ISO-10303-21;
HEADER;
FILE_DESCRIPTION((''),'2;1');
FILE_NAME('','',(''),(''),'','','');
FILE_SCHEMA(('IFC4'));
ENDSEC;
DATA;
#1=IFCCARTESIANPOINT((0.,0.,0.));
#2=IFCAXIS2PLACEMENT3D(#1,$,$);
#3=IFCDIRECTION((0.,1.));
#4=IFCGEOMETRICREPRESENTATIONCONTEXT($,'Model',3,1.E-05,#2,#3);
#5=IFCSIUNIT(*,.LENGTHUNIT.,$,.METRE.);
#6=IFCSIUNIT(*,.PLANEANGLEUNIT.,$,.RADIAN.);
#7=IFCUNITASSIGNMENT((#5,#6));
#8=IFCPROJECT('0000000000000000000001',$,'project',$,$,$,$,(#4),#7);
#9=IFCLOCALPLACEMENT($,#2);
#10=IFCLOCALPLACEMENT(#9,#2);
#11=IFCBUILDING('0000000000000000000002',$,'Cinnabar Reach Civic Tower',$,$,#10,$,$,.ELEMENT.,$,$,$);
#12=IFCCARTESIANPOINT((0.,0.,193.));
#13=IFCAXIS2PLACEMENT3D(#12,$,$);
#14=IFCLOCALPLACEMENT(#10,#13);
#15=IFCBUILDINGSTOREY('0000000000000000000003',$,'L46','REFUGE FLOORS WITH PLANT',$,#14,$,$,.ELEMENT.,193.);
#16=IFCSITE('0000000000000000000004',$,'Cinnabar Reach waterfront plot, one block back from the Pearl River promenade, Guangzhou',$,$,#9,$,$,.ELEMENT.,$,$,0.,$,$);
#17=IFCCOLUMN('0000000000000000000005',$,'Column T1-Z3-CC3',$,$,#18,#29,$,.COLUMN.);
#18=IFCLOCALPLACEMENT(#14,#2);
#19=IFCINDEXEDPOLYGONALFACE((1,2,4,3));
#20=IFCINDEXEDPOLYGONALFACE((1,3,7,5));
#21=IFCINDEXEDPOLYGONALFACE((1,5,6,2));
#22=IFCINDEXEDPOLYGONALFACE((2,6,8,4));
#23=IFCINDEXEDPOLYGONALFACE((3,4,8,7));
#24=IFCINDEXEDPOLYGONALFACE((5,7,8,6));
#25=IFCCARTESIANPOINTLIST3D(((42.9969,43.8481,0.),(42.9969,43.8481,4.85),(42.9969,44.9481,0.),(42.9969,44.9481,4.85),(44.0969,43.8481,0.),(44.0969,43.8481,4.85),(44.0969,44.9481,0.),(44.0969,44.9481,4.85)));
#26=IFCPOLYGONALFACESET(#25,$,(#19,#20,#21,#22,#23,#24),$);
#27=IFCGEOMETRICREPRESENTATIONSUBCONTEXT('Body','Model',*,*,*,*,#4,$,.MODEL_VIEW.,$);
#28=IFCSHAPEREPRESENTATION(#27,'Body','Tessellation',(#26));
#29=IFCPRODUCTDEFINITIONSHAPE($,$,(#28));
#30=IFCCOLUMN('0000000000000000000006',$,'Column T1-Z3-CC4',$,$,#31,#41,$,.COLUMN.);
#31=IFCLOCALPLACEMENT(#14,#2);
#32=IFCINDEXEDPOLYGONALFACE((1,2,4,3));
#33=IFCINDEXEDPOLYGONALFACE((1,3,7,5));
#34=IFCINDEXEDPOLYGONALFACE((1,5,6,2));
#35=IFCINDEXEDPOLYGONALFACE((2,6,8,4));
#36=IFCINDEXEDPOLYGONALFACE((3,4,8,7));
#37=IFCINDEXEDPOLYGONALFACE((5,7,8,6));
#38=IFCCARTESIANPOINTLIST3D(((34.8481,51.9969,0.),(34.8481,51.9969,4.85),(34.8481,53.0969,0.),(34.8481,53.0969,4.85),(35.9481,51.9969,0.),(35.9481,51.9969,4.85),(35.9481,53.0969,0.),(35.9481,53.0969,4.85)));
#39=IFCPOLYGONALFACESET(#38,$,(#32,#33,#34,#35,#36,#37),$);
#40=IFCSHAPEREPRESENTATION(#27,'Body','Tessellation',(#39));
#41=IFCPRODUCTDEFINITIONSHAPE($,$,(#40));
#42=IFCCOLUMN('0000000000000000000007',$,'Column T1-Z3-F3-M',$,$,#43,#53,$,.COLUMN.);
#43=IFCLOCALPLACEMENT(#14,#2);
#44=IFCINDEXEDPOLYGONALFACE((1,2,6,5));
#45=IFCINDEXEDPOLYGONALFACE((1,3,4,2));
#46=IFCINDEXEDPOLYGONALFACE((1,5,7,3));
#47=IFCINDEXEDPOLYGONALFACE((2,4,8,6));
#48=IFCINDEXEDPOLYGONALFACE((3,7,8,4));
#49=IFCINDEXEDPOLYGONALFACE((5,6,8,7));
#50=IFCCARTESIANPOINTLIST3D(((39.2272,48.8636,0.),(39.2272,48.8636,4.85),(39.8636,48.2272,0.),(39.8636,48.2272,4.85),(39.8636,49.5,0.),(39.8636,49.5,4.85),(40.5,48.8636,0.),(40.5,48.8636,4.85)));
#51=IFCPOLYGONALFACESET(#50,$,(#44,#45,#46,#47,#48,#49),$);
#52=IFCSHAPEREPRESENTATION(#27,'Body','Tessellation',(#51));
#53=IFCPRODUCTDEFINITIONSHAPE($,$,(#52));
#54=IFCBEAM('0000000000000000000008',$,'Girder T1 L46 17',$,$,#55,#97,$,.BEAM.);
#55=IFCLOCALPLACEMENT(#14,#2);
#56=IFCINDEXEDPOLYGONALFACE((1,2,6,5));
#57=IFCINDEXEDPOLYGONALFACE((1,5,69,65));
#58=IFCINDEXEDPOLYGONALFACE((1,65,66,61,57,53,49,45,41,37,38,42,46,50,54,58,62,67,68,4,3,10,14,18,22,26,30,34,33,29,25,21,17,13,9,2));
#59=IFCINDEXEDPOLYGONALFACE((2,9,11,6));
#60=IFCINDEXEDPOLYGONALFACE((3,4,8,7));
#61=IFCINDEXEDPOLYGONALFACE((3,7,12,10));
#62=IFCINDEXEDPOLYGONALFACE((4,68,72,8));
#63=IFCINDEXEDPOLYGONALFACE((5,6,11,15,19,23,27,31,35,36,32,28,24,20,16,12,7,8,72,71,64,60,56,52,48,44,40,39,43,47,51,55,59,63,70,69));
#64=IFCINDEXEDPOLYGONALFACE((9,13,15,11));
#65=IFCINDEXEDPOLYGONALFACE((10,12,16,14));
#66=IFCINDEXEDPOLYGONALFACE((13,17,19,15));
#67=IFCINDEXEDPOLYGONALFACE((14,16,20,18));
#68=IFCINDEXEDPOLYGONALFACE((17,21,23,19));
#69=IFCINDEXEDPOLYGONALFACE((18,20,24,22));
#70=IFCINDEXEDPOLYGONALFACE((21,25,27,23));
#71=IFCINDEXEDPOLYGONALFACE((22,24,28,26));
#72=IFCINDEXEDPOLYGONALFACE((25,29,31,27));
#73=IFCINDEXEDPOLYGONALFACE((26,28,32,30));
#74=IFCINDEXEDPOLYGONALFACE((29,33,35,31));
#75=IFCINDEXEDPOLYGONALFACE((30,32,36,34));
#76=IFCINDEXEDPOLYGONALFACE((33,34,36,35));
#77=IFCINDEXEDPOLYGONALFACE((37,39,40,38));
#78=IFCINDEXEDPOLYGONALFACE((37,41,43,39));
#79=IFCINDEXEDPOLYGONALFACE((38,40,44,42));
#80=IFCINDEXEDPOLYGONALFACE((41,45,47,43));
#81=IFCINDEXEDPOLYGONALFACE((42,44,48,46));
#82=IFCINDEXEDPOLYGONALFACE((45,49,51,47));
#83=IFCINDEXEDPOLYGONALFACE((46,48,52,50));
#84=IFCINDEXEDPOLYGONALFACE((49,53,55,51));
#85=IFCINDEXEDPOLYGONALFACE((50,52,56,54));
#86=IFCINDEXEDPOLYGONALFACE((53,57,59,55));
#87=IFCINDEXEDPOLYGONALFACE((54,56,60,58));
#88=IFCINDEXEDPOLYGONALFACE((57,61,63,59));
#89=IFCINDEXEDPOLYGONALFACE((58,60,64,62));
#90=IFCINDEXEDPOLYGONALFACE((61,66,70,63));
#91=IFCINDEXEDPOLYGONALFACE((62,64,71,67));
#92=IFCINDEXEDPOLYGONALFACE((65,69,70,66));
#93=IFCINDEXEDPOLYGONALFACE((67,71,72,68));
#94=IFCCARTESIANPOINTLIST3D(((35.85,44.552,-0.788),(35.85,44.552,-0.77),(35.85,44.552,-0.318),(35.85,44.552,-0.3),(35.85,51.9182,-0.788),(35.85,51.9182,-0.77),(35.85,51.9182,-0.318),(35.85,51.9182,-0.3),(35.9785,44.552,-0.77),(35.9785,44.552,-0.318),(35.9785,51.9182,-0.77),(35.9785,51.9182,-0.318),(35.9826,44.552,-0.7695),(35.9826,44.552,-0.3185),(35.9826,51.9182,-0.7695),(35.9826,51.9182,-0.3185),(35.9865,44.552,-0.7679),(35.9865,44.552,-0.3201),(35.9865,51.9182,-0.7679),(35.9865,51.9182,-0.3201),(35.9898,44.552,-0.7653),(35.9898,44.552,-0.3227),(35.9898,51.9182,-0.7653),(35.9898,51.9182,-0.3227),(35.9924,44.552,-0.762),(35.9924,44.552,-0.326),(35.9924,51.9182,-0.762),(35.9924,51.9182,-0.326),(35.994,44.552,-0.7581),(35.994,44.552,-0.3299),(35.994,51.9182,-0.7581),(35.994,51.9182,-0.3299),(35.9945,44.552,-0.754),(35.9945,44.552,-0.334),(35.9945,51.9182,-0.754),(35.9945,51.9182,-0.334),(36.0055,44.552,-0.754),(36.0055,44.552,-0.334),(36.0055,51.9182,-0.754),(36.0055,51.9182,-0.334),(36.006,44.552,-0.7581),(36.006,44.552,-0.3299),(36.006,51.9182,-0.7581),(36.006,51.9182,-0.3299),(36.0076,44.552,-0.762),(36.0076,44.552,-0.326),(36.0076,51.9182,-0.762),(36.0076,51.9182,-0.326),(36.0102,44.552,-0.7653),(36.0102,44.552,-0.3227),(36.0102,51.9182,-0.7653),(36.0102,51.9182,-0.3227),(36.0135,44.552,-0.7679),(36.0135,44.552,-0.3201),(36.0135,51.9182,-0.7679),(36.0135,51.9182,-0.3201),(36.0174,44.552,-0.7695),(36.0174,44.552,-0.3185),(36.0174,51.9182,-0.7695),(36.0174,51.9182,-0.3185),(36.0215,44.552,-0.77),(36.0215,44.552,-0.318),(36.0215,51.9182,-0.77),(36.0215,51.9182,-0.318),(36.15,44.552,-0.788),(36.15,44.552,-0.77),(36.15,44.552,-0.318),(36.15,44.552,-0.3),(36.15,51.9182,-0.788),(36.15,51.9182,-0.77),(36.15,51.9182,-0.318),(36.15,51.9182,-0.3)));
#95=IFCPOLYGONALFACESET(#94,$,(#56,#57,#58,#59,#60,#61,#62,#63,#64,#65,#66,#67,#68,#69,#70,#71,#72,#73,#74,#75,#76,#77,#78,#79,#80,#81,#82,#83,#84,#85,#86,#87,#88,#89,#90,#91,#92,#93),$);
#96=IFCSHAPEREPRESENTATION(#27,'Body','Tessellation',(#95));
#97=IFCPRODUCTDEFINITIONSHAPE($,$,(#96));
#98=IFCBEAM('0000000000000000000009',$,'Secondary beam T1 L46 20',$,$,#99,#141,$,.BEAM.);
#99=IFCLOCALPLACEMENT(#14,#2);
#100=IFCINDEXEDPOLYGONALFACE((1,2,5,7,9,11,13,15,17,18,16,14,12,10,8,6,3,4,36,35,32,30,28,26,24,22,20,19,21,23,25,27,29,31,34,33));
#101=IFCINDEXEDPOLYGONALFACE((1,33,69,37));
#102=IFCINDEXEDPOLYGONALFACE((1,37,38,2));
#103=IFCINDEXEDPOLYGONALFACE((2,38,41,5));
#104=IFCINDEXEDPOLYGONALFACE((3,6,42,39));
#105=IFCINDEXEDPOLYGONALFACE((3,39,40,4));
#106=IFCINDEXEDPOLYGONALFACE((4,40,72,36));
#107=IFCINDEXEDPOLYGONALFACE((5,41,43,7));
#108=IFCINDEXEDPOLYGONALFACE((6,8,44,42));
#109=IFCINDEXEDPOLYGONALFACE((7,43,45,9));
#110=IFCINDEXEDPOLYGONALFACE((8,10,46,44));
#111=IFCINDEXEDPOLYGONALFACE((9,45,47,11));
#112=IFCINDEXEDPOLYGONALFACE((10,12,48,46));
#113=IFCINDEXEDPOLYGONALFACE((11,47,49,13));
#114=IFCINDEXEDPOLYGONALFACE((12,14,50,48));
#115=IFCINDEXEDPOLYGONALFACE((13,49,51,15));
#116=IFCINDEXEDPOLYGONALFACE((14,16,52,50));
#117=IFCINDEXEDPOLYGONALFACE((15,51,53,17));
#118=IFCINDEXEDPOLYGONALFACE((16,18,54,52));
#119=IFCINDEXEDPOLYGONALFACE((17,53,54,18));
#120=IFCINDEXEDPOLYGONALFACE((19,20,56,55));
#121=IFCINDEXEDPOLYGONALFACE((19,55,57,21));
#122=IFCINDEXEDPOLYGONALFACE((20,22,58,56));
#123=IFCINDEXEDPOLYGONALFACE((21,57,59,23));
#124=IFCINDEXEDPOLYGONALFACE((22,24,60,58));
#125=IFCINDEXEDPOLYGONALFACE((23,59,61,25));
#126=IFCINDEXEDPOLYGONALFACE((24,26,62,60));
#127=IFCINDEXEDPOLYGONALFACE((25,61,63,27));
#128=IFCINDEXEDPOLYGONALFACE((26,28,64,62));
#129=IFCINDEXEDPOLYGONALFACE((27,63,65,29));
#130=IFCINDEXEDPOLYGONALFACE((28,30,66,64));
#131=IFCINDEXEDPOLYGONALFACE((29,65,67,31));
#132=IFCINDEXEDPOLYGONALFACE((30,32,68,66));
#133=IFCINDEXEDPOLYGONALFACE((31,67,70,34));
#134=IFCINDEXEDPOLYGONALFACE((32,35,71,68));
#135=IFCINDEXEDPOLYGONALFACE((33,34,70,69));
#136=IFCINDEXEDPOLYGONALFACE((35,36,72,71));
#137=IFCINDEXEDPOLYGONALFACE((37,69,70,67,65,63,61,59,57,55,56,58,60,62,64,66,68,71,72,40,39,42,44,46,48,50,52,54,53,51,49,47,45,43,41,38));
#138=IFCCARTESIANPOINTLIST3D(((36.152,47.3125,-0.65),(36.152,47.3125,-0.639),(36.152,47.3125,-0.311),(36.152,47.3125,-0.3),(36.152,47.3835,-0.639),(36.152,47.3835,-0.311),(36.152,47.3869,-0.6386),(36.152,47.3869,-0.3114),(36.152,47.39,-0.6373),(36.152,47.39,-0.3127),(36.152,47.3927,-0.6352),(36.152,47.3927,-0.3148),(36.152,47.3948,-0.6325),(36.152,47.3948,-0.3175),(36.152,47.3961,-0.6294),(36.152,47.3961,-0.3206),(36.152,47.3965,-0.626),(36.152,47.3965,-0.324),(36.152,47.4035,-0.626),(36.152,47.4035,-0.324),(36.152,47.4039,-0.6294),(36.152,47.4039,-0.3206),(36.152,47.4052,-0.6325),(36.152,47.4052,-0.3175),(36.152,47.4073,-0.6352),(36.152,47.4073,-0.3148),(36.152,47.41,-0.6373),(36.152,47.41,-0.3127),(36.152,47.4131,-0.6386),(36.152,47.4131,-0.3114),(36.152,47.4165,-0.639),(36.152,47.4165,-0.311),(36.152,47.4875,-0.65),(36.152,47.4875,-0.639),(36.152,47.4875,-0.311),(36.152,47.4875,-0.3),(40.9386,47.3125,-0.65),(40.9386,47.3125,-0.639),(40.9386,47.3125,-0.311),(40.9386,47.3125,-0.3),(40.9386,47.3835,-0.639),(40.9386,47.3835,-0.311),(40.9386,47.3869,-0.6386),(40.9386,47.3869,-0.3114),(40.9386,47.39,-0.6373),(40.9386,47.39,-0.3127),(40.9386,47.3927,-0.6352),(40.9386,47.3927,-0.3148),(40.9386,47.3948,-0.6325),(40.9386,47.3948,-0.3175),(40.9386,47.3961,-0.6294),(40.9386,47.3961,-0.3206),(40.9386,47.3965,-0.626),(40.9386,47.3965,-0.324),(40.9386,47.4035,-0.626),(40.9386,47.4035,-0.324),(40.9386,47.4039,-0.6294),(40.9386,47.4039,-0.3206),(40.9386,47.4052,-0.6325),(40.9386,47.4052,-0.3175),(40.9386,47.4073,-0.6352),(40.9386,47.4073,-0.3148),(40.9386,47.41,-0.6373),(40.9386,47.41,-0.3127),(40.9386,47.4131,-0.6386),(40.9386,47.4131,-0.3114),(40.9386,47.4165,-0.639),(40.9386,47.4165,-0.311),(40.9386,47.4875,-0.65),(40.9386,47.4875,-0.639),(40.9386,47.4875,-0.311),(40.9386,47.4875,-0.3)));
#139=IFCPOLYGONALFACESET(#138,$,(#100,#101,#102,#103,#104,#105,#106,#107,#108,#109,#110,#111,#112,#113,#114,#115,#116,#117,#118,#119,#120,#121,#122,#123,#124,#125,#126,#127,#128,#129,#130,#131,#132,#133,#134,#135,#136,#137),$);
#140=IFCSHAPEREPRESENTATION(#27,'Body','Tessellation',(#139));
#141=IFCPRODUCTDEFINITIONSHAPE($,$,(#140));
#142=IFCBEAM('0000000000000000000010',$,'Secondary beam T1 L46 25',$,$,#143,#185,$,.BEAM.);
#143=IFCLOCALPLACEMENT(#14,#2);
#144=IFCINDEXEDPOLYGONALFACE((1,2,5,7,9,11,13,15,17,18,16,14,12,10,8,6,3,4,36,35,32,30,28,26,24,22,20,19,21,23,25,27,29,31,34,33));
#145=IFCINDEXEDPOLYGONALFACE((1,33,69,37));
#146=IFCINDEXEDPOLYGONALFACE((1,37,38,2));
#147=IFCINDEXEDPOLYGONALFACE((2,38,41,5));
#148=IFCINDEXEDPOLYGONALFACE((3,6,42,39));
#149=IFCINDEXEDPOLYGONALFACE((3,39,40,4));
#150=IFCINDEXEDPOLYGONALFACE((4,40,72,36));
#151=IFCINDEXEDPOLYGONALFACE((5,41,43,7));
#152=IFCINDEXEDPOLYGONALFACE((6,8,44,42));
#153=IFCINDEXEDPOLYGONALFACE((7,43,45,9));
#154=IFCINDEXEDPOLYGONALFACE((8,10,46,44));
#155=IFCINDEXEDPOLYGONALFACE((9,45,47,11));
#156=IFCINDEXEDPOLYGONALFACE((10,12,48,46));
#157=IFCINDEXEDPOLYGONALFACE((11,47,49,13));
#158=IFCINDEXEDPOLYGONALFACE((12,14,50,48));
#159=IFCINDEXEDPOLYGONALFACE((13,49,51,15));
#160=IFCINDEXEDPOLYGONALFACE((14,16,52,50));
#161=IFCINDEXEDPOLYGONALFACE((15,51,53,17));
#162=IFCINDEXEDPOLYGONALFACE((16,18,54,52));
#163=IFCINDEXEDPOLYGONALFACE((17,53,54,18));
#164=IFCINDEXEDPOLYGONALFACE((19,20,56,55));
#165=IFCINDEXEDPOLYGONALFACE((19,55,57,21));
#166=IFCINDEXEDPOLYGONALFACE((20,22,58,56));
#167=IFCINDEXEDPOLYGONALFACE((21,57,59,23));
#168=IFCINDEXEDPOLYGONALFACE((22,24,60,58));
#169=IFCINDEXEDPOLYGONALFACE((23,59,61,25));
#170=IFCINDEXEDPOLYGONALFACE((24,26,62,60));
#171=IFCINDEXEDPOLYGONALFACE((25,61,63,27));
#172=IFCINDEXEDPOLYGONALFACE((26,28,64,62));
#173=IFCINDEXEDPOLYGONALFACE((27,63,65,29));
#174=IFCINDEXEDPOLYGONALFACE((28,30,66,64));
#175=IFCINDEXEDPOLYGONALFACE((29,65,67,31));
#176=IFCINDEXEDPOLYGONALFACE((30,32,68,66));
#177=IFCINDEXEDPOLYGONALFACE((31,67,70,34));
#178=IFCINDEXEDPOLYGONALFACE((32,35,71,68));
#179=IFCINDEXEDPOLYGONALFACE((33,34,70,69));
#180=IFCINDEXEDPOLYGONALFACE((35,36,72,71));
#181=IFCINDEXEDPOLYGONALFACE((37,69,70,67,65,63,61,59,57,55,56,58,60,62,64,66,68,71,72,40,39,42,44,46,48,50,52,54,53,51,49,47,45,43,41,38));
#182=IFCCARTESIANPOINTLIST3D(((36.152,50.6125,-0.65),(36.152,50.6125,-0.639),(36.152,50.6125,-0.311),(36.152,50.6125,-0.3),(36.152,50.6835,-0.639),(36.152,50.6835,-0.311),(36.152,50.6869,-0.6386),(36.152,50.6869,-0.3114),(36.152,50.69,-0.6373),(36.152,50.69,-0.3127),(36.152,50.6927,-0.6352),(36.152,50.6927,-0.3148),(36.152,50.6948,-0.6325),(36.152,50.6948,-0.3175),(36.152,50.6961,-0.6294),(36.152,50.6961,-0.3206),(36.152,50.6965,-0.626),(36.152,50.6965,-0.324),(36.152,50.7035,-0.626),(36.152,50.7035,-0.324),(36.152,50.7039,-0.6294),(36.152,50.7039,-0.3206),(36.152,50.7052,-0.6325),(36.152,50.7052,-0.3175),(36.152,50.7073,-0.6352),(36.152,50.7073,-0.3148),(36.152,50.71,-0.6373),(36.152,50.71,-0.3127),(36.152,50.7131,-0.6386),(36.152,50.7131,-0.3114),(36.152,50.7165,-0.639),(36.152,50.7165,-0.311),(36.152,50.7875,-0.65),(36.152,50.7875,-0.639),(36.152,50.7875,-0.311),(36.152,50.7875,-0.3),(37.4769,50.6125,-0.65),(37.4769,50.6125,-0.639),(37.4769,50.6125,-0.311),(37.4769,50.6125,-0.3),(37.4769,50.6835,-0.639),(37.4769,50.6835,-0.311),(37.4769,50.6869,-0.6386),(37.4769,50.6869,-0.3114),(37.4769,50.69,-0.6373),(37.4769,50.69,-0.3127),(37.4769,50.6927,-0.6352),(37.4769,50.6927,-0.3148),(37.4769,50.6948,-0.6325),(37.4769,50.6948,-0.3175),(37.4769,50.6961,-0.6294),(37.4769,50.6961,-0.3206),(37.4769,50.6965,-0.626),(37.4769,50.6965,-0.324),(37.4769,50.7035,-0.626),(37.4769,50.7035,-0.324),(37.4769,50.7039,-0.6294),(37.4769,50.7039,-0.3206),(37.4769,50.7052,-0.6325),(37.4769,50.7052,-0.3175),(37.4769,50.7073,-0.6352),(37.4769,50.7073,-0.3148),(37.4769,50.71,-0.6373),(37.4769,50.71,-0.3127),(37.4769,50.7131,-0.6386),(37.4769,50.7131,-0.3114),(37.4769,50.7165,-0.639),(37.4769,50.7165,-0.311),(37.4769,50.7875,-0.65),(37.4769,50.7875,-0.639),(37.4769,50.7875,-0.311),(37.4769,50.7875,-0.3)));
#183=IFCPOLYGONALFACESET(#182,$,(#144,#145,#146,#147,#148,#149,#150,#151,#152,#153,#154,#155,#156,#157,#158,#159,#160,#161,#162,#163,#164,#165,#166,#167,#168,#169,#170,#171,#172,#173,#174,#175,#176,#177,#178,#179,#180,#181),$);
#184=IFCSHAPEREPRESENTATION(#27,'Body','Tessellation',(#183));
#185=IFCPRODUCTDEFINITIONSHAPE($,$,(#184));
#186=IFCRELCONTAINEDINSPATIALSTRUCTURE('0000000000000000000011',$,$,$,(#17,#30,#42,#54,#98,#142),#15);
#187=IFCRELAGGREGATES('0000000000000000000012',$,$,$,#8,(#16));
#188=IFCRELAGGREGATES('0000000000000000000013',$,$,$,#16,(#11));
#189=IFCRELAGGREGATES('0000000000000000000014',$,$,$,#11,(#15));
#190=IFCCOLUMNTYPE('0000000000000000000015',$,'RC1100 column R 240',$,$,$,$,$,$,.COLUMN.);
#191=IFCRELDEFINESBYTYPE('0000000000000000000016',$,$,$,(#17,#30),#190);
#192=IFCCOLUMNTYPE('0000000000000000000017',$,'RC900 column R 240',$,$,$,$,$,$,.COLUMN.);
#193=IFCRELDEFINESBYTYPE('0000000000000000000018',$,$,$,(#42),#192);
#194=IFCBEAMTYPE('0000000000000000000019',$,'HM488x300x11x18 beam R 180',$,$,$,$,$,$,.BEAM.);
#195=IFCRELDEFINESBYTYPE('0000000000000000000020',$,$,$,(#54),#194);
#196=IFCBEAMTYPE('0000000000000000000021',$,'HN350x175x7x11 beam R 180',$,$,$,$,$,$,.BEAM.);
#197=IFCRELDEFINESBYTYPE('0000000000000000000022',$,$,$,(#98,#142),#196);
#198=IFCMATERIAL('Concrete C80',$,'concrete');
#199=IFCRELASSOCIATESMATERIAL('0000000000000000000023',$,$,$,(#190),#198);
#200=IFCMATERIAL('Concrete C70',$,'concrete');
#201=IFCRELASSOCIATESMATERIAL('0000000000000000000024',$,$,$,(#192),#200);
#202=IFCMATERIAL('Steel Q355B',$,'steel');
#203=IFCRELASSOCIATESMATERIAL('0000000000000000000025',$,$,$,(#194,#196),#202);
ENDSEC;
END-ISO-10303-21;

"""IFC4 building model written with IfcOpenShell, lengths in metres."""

from ifc_helpers import new_model, si_unit, direction, frame, origin, origin_2d, place, context, subcontext, project, spatial, rectangle, i_section, extrude, material, material_profile, profile_set, type_object, element, save


model = new_model("IFC4")

# Units and contexts
model_context = context("Model", 3, precision=1e-05, world=origin(), true_north=direction((0.0, 1.0)))
body_context = subcontext(model_context, "Body", "Model", "MODEL_VIEW")
ifc_project = project(units=[si_unit("LENGTHUNIT", "METRE"), si_unit("PLANEANGLEUNIT", "RADIAN")], contexts=[model_context])

# Site, building, storey
site_placement = place(None, origin())
site = spatial("IfcSite", under=ifc_project, at=site_placement, Name="Cinnabar Reach waterfront plot, one block back from the Pearl River promenade, Guangzhou", CompositionType="ELEMENT", RefElevation=0.0)
building_placement = place(site_placement, origin())
building = spatial("IfcBuilding", under=site, at=building_placement, Name="Cinnabar Reach Civic Tower", CompositionType="ELEMENT")
storey_placement = place(building_placement, frame((0.0, 0.0, 193.0)))
storey = spatial("IfcBuildingStorey", under=building, at=storey_placement, Name="L46", Description="REFUGE FLOORS WITH PLANT", CompositionType="ELEMENT", Elevation=193.0)

# Columns
ifc_material_1 = material(Name="Concrete C80", Category="concrete")
ifc_material_profile_1 = material_profile(ifc_material_1, rectangle(XDim=1.1, YDim=1.1, at=origin_2d()), Name="RC1100")
ifc_profile_set_1 = profile_set([ifc_material_profile_1], Name="Concrete C80")
column_type_1 = type_object("IfcColumnType", Name="RC1100 column R 240", PredefinedType="COLUMN", material=ifc_profile_set_1)
for number, where, z_axis, x_axis, name in (
    (1, (43.5469, 44.3981, 0.0), (0.0, 0.0, 1.0), (1.0, 0.0, 0.0), "Column T1-Z3-CC3"),
    (2, (35.3981, 52.5469, 0.0), (0.0, 0.0, 1.0), (1.0, 0.0, 0.0), "Column T1-Z3-CC4"),
):
    element("IfcColumn", number, at=place(storey_placement, frame(where, z_axis=z_axis, x_axis=x_axis)), inside=storey, type_object=column_type_1, Name=name, PredefinedType="COLUMN", context=body_context, shape_type="SweptSolid", body=[
        extrude(rectangle(XDim=1.1, YDim=1.1, at=origin_2d()), origin(), (0.0, 0.0, 1.0), 4.85),
    ])
ifc_material_2 = material(Name="Concrete C70", Category="concrete")
ifc_material_profile_2 = material_profile(ifc_material_2, rectangle(XDim=0.9, YDim=0.9, at=origin_2d()), Name="RC900")
ifc_profile_set_2 = profile_set([ifc_material_profile_2], Name="Concrete C70")
column_type_2 = type_object("IfcColumnType", Name="RC900 column R 240", PredefinedType="COLUMN", material=ifc_profile_set_2)
column_placement = place(storey_placement, frame((39.8636, 48.8636, 0.0), z_axis=(0.0, 0.0, 1.0), x_axis=(0.707107, 0.707107, 0.0)))
element("IfcColumn", 3, at=column_placement, inside=storey, type_object=column_type_2, Name="Column T1-Z3-F3-M", PredefinedType="COLUMN", context=body_context, shape_type="SweptSolid", body=[
    extrude(rectangle(XDim=0.9, YDim=0.9, at=origin_2d()), origin(), (0.0, 0.0, 1.0), 4.85),
])

# Beams
ifc_material_3 = material(Name="Steel Q355B", Category="steel")
ifc_material_profile_3 = material_profile(ifc_material_3, i_section(OverallWidth=0.3, OverallDepth=0.488, WebThickness=0.011, FlangeThickness=0.018, FilletRadius=0.016, at=origin_2d()), Name="HM488x300x11x18")
ifc_profile_set_3 = profile_set([ifc_material_profile_3], Name="Steel Q355B")
beam_type_1 = type_object("IfcBeamType", Name="HM488x300x11x18 beam R 180", PredefinedType="BEAM", material=ifc_profile_set_3)
beam_1_placement = place(storey_placement, frame((36.0, 44.552, -0.544), z_axis=(0.0, 1.0, 0.0), x_axis=(-1.0, 0.0, 0.0)))
element("IfcBeam", 4, at=beam_1_placement, inside=storey, type_object=beam_type_1, Name="Girder T1 L46 17", PredefinedType="BEAM", context=body_context, shape_type="SweptSolid", body=[
    extrude(i_section(OverallWidth=0.3, OverallDepth=0.488, WebThickness=0.011, FlangeThickness=0.018, FilletRadius=0.016, at=origin_2d()), origin(), (0.0, 0.0, 1.0), 7.3662),
])
ifc_material_profile_4 = material_profile(ifc_material_3, i_section(OverallWidth=0.175, OverallDepth=0.35, WebThickness=0.007, FlangeThickness=0.011, FilletRadius=0.013, at=origin_2d()), Name="HN350x175x7x11")
ifc_profile_set_4 = profile_set([ifc_material_profile_4], Name="Steel Q355B")
beam_type_2 = type_object("IfcBeamType", Name="HN350x175x7x11 beam R 180", PredefinedType="BEAM", material=ifc_profile_set_4)
beam_2_placement = place(storey_placement, frame((36.152, 47.4, -0.475), z_axis=(1.0, 0.0, 0.0), x_axis=(0.0, 1.0, 0.0)))
element("IfcBeam", 5, at=beam_2_placement, inside=storey, type_object=beam_type_2, Name="Secondary beam T1 L46 20", PredefinedType="BEAM", context=body_context, shape_type="SweptSolid", body=[
    extrude(i_section(OverallWidth=0.175, OverallDepth=0.35, WebThickness=0.007, FlangeThickness=0.011, FilletRadius=0.013, at=origin_2d()), origin(), (0.0, 0.0, 1.0), 4.7866),
])
beam_3_placement = place(storey_placement, frame((36.152, 50.7, -0.475), z_axis=(1.0, 0.0, 0.0), x_axis=(0.0, 1.0, 0.0)))
element("IfcBeam", 6, at=beam_3_placement, inside=storey, type_object=beam_type_2, Name="Secondary beam T1 L46 25", PredefinedType="BEAM", context=body_context, shape_type="SweptSolid", body=[
    extrude(i_section(OverallWidth=0.175, OverallDepth=0.35, WebThickness=0.007, FlangeThickness=0.011, FilletRadius=0.013, at=origin_2d()), origin(), (0.0, 0.0, 1.0), 1.3249),
])

save(model, "model.ifc")
